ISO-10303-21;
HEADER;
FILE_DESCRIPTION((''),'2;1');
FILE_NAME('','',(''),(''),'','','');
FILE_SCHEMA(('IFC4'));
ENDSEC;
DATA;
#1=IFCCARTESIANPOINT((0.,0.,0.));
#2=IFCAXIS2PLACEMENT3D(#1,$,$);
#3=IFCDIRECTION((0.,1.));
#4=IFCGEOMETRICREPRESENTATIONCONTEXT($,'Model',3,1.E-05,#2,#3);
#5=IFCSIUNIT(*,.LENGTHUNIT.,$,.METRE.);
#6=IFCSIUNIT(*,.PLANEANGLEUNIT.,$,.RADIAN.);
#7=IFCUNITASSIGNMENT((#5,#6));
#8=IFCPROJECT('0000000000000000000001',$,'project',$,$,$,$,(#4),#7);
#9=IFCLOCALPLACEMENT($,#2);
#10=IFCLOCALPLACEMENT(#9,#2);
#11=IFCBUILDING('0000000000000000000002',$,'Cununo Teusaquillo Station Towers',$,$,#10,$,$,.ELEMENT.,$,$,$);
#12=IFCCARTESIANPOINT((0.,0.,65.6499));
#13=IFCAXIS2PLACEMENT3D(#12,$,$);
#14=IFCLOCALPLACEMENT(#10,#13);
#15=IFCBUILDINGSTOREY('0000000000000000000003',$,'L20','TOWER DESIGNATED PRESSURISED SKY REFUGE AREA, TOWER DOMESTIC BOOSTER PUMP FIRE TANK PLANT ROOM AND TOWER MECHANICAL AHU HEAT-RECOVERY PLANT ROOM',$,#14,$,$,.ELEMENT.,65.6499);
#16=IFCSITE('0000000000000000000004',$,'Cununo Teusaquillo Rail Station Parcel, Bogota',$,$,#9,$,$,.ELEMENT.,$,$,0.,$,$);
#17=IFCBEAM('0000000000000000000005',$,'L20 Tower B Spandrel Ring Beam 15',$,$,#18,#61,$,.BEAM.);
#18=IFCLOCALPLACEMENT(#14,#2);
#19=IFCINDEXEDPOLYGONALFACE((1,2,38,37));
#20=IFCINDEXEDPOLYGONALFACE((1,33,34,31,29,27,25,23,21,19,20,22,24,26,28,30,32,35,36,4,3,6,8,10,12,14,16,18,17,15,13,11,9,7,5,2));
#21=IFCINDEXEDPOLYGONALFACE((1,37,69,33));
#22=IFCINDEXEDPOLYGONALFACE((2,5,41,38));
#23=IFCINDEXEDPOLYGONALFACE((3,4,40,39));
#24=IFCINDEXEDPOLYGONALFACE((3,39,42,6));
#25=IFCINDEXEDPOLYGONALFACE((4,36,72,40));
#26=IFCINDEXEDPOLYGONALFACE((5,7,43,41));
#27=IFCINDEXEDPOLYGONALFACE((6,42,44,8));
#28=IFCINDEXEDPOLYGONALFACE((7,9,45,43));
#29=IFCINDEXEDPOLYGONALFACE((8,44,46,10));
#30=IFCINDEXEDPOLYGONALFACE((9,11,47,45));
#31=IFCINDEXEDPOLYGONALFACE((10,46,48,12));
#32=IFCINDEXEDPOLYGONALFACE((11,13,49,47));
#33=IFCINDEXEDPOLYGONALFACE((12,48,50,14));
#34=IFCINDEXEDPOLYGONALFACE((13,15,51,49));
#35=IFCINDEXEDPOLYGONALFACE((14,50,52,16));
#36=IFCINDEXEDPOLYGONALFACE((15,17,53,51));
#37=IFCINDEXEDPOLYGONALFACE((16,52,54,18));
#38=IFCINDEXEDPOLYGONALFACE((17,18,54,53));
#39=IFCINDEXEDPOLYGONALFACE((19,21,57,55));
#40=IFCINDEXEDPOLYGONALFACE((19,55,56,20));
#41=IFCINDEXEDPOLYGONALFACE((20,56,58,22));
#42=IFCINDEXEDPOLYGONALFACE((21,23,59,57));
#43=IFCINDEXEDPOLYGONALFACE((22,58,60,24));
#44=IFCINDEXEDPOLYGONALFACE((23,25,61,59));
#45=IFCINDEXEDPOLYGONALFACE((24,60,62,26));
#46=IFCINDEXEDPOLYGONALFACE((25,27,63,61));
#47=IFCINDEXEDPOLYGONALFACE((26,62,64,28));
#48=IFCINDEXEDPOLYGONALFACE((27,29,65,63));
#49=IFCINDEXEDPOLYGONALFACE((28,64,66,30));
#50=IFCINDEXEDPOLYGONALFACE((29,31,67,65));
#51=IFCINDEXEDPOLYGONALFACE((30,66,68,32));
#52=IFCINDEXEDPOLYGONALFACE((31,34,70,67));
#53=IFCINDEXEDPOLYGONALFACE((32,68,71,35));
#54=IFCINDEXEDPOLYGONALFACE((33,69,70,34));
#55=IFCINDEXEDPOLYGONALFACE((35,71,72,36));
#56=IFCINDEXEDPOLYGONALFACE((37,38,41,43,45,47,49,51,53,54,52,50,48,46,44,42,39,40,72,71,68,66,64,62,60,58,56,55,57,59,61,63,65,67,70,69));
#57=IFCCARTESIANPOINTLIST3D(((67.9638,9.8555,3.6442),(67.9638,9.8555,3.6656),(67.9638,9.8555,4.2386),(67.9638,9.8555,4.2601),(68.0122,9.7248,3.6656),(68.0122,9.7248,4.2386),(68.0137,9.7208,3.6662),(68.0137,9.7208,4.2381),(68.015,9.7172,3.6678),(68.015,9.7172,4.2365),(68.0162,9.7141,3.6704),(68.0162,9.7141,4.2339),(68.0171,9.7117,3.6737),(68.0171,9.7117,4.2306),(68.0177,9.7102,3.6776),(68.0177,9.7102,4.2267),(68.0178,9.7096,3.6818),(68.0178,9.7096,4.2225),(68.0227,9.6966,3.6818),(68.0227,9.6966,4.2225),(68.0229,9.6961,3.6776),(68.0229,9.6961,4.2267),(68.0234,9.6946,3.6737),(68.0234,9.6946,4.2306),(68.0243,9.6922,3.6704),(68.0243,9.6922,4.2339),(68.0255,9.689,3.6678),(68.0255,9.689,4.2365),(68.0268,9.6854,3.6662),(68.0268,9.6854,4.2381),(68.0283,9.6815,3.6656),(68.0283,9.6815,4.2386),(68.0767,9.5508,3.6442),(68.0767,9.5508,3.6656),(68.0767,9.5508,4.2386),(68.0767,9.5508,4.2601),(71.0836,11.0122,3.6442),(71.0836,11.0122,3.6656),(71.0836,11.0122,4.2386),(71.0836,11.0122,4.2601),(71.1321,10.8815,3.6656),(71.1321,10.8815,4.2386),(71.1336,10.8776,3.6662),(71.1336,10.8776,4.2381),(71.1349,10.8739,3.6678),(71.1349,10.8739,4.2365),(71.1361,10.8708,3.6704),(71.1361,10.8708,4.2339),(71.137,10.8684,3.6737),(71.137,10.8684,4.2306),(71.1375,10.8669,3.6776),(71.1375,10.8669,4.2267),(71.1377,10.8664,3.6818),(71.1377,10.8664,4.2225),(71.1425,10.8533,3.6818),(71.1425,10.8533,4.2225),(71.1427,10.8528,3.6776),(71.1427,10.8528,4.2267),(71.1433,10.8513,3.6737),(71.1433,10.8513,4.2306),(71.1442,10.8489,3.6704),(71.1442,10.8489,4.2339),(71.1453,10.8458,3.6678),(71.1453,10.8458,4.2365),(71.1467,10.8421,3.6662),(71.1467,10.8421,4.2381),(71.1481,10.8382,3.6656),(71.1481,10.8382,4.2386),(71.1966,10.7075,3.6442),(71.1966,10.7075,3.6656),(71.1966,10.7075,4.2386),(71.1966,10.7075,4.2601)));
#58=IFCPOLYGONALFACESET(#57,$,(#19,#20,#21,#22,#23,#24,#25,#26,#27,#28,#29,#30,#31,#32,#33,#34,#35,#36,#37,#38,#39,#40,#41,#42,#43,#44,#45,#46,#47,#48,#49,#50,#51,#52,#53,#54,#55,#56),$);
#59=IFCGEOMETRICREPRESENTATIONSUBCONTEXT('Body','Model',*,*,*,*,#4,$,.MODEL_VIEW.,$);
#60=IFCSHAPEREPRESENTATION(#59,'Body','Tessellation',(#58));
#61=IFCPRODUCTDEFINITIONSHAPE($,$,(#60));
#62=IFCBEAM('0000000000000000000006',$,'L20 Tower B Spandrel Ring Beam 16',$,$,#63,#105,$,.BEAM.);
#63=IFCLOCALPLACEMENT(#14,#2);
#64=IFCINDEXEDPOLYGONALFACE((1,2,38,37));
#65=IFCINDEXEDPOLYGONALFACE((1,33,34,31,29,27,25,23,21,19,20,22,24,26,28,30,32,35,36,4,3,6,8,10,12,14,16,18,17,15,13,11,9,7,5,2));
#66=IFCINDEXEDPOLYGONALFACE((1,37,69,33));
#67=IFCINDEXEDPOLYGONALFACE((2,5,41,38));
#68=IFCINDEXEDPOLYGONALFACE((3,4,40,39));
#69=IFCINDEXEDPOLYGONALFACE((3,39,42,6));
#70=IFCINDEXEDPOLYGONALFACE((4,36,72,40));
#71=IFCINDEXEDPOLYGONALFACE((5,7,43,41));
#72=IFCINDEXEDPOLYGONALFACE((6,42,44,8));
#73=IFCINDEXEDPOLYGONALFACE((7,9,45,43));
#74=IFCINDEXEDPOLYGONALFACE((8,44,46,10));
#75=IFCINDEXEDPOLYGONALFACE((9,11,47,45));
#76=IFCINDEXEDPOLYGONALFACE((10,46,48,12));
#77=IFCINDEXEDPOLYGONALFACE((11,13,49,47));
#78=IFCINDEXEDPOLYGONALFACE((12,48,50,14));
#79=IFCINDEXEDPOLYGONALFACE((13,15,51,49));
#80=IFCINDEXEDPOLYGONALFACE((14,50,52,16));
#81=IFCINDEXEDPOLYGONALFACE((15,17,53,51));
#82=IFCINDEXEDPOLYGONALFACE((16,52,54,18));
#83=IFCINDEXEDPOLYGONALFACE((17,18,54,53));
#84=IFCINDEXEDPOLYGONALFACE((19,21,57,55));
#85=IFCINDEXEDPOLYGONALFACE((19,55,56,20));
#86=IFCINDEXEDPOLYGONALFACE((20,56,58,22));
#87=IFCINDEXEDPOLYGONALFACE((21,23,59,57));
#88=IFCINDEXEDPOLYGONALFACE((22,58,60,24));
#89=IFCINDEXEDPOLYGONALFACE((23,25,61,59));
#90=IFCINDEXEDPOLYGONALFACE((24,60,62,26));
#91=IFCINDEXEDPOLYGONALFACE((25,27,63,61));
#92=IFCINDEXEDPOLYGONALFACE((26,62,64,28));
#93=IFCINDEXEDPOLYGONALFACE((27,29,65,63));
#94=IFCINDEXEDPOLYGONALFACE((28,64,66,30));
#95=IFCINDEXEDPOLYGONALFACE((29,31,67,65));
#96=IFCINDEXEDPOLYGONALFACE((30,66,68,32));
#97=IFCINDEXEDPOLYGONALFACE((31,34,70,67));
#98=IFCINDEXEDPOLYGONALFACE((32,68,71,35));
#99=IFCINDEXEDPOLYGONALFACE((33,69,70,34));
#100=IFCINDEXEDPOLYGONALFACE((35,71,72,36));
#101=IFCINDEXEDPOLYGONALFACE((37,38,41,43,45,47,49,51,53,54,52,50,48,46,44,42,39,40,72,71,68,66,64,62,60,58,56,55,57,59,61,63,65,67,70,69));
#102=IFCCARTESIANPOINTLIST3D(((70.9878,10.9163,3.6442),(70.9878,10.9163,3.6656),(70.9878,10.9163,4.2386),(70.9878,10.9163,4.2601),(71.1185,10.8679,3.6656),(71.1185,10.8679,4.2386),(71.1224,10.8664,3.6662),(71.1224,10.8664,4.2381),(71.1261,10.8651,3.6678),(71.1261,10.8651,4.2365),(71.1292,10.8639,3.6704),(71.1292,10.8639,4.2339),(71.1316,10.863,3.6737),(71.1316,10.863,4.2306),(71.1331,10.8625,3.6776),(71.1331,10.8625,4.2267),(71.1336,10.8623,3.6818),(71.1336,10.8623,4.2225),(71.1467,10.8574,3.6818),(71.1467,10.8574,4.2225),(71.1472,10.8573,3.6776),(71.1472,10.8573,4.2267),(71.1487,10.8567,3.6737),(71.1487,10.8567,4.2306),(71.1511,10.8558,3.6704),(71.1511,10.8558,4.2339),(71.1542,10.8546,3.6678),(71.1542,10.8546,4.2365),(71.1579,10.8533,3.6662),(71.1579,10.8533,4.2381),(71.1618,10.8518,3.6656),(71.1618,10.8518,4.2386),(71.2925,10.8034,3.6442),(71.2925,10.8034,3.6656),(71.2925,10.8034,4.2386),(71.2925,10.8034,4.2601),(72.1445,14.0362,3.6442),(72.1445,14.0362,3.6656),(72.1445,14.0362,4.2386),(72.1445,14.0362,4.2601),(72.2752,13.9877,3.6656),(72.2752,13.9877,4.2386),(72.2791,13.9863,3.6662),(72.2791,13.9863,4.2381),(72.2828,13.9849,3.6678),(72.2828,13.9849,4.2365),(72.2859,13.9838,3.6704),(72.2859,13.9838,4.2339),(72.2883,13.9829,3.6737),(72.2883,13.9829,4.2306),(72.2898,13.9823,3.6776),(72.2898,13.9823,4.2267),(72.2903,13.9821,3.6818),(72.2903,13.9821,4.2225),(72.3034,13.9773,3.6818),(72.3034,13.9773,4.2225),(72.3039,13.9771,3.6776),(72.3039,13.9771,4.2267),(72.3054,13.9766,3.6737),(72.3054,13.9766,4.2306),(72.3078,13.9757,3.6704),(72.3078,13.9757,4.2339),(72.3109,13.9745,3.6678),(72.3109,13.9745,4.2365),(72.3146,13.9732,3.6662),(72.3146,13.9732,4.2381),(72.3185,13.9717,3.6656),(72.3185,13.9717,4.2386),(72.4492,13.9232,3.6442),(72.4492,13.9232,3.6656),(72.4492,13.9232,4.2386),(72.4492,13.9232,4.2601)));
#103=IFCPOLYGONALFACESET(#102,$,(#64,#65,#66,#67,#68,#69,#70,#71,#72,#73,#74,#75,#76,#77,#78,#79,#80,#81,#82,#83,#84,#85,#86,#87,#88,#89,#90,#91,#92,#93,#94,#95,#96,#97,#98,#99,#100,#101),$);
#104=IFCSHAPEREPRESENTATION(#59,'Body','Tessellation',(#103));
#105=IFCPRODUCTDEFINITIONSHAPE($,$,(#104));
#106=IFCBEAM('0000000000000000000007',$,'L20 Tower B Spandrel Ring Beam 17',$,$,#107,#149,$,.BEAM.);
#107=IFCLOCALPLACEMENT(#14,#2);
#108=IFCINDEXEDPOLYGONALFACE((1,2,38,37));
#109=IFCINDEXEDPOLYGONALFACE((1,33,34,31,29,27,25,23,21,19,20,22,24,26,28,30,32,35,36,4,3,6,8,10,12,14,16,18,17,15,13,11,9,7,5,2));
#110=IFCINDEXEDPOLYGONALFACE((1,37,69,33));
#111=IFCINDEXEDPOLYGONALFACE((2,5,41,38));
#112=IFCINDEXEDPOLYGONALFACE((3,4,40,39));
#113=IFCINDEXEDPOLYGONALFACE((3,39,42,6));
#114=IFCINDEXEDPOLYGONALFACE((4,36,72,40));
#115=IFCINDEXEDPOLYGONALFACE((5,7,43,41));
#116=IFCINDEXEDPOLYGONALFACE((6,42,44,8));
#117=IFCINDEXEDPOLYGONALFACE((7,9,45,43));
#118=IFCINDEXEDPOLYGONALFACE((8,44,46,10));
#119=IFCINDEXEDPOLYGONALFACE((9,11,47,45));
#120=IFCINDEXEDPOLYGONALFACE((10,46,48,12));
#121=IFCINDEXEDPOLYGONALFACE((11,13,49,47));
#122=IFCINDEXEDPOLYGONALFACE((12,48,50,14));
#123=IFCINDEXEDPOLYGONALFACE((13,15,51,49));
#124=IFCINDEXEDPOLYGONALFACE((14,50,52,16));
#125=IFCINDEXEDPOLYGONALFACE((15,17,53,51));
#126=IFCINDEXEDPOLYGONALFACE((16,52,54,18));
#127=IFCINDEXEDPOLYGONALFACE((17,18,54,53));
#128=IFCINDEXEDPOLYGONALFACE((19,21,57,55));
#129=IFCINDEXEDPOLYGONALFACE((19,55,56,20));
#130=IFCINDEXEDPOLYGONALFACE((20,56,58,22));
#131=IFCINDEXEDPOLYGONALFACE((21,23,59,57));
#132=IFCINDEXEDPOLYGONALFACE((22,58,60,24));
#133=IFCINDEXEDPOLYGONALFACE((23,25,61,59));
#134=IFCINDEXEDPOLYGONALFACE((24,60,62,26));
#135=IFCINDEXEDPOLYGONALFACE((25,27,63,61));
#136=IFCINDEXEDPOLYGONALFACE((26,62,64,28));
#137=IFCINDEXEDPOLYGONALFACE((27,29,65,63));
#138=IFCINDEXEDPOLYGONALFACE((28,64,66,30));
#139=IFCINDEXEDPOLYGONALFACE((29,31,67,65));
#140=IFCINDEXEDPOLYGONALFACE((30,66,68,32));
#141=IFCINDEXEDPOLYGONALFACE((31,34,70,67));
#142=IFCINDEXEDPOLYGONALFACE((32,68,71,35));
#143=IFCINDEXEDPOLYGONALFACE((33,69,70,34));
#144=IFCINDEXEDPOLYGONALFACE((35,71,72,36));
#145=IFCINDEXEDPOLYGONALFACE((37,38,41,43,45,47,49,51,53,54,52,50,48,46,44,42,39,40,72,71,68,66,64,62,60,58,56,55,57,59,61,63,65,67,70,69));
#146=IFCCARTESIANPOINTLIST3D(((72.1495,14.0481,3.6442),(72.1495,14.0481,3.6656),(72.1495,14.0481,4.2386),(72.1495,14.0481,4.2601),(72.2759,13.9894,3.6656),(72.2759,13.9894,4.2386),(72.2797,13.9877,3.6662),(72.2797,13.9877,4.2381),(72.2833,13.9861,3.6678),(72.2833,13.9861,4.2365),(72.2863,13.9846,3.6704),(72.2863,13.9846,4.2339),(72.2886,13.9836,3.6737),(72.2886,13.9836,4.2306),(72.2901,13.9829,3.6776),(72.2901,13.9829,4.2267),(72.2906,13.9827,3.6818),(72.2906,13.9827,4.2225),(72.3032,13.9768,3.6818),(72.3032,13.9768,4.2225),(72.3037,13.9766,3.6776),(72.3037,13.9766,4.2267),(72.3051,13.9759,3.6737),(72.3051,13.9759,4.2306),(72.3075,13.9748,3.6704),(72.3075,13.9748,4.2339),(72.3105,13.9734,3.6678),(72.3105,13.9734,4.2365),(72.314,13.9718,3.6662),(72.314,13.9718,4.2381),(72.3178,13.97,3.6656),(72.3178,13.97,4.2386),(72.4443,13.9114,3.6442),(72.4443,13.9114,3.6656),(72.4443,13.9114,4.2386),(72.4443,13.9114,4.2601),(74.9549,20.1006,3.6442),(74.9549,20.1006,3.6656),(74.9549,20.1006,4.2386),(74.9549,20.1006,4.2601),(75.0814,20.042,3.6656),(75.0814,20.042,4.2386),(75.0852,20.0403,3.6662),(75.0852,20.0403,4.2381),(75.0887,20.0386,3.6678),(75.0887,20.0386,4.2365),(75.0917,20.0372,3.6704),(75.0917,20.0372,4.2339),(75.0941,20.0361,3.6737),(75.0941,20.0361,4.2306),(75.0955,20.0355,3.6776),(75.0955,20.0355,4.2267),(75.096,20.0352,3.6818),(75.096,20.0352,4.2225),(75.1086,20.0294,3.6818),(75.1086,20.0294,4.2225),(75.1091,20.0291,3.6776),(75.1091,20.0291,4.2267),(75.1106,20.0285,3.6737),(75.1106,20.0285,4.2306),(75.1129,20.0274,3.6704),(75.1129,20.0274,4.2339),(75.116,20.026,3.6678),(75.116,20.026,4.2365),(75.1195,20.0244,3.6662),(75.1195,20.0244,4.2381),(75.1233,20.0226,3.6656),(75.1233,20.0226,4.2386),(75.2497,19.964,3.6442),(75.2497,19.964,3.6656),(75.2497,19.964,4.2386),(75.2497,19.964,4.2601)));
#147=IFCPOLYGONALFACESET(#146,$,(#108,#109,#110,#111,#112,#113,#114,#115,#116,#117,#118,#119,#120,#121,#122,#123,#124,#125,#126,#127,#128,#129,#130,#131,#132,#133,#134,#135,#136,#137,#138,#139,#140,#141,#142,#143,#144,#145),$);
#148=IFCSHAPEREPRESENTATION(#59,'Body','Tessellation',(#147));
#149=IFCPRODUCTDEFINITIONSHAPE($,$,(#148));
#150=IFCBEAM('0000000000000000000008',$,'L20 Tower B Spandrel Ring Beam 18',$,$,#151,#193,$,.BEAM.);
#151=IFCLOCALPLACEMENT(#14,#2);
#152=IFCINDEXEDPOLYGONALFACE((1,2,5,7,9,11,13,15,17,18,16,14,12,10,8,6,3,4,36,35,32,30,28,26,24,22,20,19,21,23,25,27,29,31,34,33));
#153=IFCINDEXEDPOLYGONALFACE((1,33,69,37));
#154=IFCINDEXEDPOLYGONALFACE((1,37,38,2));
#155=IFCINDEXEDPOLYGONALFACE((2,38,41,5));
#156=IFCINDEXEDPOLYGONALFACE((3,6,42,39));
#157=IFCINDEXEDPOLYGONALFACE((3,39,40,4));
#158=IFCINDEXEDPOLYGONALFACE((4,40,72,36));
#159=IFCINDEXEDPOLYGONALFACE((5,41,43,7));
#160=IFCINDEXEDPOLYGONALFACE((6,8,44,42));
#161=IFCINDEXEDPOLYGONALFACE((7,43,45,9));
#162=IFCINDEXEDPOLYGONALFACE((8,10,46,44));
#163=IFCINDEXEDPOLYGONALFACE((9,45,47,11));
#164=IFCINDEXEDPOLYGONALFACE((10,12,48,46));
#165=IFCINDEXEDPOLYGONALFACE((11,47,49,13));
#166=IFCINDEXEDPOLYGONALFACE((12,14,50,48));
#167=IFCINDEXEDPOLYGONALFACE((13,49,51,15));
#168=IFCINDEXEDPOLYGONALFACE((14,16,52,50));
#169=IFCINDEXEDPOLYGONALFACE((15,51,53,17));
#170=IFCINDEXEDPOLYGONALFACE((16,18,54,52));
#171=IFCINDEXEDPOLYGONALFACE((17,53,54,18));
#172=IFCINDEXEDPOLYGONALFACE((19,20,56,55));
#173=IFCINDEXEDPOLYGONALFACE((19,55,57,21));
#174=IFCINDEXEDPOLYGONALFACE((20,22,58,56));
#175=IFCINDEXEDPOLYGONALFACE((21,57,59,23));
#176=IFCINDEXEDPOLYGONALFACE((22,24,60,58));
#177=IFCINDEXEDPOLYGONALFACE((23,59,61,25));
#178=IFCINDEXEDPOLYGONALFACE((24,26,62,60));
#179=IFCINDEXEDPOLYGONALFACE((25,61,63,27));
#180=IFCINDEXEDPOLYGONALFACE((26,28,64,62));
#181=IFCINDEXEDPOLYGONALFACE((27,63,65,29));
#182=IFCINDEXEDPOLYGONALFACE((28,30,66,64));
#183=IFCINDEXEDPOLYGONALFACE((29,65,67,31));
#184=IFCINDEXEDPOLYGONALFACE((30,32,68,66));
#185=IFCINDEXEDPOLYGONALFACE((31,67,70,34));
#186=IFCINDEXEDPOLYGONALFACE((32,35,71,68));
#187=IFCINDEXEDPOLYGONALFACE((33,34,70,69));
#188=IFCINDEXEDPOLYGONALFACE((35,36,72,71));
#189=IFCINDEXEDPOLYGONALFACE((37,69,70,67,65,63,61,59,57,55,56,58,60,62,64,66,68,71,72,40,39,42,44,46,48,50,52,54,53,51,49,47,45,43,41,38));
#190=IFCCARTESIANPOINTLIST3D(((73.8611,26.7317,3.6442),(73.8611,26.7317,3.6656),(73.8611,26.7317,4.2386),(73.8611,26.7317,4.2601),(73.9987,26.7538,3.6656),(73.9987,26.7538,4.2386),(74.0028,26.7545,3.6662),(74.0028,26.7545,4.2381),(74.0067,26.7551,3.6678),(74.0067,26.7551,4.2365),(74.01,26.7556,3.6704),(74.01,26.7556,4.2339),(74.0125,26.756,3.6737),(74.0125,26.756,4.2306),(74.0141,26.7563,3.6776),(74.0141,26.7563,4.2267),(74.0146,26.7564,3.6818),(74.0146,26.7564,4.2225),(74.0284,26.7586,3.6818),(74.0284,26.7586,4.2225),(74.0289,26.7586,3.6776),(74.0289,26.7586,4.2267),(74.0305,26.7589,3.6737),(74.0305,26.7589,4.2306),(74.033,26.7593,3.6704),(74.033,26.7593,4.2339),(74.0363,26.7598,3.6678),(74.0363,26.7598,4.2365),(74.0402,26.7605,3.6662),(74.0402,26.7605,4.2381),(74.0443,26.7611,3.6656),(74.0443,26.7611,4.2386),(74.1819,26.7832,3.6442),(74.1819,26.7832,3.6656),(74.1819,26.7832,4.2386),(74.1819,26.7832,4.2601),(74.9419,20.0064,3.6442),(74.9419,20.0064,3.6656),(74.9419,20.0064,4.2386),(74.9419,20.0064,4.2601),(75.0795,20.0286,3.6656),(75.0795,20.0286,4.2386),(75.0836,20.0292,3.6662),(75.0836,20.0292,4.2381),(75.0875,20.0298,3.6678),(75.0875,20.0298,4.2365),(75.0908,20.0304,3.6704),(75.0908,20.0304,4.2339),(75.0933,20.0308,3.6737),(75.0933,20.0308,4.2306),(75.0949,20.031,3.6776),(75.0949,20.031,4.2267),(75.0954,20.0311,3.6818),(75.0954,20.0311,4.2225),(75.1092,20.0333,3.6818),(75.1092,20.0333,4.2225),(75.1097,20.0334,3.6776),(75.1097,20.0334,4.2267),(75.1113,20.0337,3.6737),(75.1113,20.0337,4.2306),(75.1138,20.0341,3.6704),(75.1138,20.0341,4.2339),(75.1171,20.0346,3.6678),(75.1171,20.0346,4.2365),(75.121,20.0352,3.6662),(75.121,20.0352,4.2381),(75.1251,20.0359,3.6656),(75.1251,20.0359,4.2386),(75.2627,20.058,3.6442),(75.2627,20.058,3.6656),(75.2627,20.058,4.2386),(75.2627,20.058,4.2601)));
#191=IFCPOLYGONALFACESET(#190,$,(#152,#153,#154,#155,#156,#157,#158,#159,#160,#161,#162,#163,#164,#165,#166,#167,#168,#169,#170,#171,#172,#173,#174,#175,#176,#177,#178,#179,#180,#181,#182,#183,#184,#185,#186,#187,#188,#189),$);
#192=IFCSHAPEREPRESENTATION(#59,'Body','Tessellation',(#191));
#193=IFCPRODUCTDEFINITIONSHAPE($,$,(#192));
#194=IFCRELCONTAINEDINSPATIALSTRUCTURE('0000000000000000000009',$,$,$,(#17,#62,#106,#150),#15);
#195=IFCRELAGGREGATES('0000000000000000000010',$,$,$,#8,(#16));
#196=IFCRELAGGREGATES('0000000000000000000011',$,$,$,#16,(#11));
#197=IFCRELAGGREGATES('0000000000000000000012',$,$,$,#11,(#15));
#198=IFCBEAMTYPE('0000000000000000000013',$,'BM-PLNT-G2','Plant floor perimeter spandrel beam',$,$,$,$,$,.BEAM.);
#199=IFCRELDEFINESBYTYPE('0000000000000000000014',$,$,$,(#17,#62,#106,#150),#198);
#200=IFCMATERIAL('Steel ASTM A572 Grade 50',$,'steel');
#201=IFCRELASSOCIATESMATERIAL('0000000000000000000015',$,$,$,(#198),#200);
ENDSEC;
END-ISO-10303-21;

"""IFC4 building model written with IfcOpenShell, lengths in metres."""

from ifc_helpers import new_model, si_unit, direction, frame, origin, origin_2d, place, context, subcontext, project, spatial, i_section, extrude, material, material_profile, profile_set, type_object, element, save


model = new_model("IFC4")

# Units and contexts
model_context = context("Model", 3, precision=1e-05, world=origin(), true_north=direction((0.0, 1.0)))
body_context = subcontext(model_context, "Body", "Model", "MODEL_VIEW")
ifc_project = project(units=[si_unit("LENGTHUNIT", "METRE"), si_unit("PLANEANGLEUNIT", "RADIAN")], contexts=[model_context])

# Site, building, storey
site_placement = place(None, origin())
site = spatial("IfcSite", under=ifc_project, at=site_placement, Name="Cununo Teusaquillo Rail Station Parcel, Bogota", CompositionType="ELEMENT", RefElevation=0.0)
building_placement = place(site_placement, origin())
building = spatial("IfcBuilding", under=site, at=building_placement, Name="Cununo Teusaquillo Station Towers", CompositionType="ELEMENT")
storey_placement = place(building_placement, frame((0.0, 0.0, 65.6499)))
storey = spatial("IfcBuildingStorey", under=building, at=storey_placement, Name="L20", Description="TOWER DESIGNATED PRESSURISED SKY REFUGE AREA, TOWER DOMESTIC BOOSTER PUMP FIRE TANK PLANT ROOM AND TOWER MECHANICAL AHU HEAT-RECOVERY PLANT ROOM", CompositionType="ELEMENT", Elevation=65.6499)

# Beams
ifc_material_1 = material(Name="Steel ASTM A572 Grade 50", Category="steel")
ifc_material_profile_1 = material_profile(ifc_material_1, i_section(OverallWidth=0.325, OverallDepth=0.616, WebThickness=0.0139, FlangeThickness=0.0215, FilletRadius=0.0161, at=origin_2d()), Name="W24X117")
ifc_profile_set_1 = profile_set([ifc_material_profile_1], Name="Steel ASTM A572 Grade 50")
beam_type_1 = type_object("IfcBeamType", Name="BM-PLNT-G2", Description="Plant floor perimeter spandrel beam", PredefinedType="BEAM", material=ifc_profile_set_1)
for number, where, z_axis, x_axis, name in (
    (1, (68.0203, 9.7031, 3.9521), (0.937628, 0.347639, 0.0), (-0.347639, 0.937628, 0.0), "L20 Tower B Spandrel Ring Beam 15"),
    (2, (71.1401, 10.8599, 3.9521), (0.347639, 0.937628, 0.0), (-0.937628, 0.347639, 0.0), "L20 Tower B Spandrel Ring Beam 16"),
):
    element("IfcBeam", number, at=place(storey_placement, frame(where, z_axis=z_axis, x_axis=x_axis)), inside=storey, type_object=beam_type_1, Name=name, PredefinedType="BEAM", context=body_context, shape_type="SweptSolid", body=[
        extrude(i_section(OverallWidth=0.325, OverallDepth=0.616, WebThickness=0.0139, FlangeThickness=0.0215, FilletRadius=0.0161, at=origin_2d()), origin(), (0.0, 0.0, 1.0), 3.3274),
    ])
beam_1_placement = place(storey_placement, frame((72.2969, 13.9797, 3.9521), z_axis=(0.420536, 0.907276, 0.0), x_axis=(-0.907276, 0.420536, 0.0)))
element("IfcBeam", 3, at=beam_1_placement, inside=storey, type_object=beam_type_1, Name="L20 Tower B Spandrel Ring Beam 17", PredefinedType="BEAM", context=body_context, shape_type="SweptSolid", body=[
    extrude(i_section(OverallWidth=0.325, OverallDepth=0.616, WebThickness=0.0139, FlangeThickness=0.0215, FilletRadius=0.0161, at=origin_2d()), origin(), (0.0, 0.0, 1.0), 6.6711),
])
beam_2_placement = place(storey_placement, frame((75.1023, 20.0322, 3.9521), z_axis=(-0.158671, 0.987331, 0.0), x_axis=(-0.987331, -0.158671, 0.0)))
element("IfcBeam", 4, at=beam_2_placement, inside=storey, type_object=beam_type_1, Name="L20 Tower B Spandrel Ring Beam 18", PredefinedType="BEAM", context=body_context, shape_type="SweptSolid", body=[
    extrude(i_section(OverallWidth=0.325, OverallDepth=0.616, WebThickness=0.0139, FlangeThickness=0.0215, FilletRadius=0.0161, at=origin_2d()), origin(), (0.0, 0.0, 1.0), 6.8115),
])

save(model, "model.ifc")
